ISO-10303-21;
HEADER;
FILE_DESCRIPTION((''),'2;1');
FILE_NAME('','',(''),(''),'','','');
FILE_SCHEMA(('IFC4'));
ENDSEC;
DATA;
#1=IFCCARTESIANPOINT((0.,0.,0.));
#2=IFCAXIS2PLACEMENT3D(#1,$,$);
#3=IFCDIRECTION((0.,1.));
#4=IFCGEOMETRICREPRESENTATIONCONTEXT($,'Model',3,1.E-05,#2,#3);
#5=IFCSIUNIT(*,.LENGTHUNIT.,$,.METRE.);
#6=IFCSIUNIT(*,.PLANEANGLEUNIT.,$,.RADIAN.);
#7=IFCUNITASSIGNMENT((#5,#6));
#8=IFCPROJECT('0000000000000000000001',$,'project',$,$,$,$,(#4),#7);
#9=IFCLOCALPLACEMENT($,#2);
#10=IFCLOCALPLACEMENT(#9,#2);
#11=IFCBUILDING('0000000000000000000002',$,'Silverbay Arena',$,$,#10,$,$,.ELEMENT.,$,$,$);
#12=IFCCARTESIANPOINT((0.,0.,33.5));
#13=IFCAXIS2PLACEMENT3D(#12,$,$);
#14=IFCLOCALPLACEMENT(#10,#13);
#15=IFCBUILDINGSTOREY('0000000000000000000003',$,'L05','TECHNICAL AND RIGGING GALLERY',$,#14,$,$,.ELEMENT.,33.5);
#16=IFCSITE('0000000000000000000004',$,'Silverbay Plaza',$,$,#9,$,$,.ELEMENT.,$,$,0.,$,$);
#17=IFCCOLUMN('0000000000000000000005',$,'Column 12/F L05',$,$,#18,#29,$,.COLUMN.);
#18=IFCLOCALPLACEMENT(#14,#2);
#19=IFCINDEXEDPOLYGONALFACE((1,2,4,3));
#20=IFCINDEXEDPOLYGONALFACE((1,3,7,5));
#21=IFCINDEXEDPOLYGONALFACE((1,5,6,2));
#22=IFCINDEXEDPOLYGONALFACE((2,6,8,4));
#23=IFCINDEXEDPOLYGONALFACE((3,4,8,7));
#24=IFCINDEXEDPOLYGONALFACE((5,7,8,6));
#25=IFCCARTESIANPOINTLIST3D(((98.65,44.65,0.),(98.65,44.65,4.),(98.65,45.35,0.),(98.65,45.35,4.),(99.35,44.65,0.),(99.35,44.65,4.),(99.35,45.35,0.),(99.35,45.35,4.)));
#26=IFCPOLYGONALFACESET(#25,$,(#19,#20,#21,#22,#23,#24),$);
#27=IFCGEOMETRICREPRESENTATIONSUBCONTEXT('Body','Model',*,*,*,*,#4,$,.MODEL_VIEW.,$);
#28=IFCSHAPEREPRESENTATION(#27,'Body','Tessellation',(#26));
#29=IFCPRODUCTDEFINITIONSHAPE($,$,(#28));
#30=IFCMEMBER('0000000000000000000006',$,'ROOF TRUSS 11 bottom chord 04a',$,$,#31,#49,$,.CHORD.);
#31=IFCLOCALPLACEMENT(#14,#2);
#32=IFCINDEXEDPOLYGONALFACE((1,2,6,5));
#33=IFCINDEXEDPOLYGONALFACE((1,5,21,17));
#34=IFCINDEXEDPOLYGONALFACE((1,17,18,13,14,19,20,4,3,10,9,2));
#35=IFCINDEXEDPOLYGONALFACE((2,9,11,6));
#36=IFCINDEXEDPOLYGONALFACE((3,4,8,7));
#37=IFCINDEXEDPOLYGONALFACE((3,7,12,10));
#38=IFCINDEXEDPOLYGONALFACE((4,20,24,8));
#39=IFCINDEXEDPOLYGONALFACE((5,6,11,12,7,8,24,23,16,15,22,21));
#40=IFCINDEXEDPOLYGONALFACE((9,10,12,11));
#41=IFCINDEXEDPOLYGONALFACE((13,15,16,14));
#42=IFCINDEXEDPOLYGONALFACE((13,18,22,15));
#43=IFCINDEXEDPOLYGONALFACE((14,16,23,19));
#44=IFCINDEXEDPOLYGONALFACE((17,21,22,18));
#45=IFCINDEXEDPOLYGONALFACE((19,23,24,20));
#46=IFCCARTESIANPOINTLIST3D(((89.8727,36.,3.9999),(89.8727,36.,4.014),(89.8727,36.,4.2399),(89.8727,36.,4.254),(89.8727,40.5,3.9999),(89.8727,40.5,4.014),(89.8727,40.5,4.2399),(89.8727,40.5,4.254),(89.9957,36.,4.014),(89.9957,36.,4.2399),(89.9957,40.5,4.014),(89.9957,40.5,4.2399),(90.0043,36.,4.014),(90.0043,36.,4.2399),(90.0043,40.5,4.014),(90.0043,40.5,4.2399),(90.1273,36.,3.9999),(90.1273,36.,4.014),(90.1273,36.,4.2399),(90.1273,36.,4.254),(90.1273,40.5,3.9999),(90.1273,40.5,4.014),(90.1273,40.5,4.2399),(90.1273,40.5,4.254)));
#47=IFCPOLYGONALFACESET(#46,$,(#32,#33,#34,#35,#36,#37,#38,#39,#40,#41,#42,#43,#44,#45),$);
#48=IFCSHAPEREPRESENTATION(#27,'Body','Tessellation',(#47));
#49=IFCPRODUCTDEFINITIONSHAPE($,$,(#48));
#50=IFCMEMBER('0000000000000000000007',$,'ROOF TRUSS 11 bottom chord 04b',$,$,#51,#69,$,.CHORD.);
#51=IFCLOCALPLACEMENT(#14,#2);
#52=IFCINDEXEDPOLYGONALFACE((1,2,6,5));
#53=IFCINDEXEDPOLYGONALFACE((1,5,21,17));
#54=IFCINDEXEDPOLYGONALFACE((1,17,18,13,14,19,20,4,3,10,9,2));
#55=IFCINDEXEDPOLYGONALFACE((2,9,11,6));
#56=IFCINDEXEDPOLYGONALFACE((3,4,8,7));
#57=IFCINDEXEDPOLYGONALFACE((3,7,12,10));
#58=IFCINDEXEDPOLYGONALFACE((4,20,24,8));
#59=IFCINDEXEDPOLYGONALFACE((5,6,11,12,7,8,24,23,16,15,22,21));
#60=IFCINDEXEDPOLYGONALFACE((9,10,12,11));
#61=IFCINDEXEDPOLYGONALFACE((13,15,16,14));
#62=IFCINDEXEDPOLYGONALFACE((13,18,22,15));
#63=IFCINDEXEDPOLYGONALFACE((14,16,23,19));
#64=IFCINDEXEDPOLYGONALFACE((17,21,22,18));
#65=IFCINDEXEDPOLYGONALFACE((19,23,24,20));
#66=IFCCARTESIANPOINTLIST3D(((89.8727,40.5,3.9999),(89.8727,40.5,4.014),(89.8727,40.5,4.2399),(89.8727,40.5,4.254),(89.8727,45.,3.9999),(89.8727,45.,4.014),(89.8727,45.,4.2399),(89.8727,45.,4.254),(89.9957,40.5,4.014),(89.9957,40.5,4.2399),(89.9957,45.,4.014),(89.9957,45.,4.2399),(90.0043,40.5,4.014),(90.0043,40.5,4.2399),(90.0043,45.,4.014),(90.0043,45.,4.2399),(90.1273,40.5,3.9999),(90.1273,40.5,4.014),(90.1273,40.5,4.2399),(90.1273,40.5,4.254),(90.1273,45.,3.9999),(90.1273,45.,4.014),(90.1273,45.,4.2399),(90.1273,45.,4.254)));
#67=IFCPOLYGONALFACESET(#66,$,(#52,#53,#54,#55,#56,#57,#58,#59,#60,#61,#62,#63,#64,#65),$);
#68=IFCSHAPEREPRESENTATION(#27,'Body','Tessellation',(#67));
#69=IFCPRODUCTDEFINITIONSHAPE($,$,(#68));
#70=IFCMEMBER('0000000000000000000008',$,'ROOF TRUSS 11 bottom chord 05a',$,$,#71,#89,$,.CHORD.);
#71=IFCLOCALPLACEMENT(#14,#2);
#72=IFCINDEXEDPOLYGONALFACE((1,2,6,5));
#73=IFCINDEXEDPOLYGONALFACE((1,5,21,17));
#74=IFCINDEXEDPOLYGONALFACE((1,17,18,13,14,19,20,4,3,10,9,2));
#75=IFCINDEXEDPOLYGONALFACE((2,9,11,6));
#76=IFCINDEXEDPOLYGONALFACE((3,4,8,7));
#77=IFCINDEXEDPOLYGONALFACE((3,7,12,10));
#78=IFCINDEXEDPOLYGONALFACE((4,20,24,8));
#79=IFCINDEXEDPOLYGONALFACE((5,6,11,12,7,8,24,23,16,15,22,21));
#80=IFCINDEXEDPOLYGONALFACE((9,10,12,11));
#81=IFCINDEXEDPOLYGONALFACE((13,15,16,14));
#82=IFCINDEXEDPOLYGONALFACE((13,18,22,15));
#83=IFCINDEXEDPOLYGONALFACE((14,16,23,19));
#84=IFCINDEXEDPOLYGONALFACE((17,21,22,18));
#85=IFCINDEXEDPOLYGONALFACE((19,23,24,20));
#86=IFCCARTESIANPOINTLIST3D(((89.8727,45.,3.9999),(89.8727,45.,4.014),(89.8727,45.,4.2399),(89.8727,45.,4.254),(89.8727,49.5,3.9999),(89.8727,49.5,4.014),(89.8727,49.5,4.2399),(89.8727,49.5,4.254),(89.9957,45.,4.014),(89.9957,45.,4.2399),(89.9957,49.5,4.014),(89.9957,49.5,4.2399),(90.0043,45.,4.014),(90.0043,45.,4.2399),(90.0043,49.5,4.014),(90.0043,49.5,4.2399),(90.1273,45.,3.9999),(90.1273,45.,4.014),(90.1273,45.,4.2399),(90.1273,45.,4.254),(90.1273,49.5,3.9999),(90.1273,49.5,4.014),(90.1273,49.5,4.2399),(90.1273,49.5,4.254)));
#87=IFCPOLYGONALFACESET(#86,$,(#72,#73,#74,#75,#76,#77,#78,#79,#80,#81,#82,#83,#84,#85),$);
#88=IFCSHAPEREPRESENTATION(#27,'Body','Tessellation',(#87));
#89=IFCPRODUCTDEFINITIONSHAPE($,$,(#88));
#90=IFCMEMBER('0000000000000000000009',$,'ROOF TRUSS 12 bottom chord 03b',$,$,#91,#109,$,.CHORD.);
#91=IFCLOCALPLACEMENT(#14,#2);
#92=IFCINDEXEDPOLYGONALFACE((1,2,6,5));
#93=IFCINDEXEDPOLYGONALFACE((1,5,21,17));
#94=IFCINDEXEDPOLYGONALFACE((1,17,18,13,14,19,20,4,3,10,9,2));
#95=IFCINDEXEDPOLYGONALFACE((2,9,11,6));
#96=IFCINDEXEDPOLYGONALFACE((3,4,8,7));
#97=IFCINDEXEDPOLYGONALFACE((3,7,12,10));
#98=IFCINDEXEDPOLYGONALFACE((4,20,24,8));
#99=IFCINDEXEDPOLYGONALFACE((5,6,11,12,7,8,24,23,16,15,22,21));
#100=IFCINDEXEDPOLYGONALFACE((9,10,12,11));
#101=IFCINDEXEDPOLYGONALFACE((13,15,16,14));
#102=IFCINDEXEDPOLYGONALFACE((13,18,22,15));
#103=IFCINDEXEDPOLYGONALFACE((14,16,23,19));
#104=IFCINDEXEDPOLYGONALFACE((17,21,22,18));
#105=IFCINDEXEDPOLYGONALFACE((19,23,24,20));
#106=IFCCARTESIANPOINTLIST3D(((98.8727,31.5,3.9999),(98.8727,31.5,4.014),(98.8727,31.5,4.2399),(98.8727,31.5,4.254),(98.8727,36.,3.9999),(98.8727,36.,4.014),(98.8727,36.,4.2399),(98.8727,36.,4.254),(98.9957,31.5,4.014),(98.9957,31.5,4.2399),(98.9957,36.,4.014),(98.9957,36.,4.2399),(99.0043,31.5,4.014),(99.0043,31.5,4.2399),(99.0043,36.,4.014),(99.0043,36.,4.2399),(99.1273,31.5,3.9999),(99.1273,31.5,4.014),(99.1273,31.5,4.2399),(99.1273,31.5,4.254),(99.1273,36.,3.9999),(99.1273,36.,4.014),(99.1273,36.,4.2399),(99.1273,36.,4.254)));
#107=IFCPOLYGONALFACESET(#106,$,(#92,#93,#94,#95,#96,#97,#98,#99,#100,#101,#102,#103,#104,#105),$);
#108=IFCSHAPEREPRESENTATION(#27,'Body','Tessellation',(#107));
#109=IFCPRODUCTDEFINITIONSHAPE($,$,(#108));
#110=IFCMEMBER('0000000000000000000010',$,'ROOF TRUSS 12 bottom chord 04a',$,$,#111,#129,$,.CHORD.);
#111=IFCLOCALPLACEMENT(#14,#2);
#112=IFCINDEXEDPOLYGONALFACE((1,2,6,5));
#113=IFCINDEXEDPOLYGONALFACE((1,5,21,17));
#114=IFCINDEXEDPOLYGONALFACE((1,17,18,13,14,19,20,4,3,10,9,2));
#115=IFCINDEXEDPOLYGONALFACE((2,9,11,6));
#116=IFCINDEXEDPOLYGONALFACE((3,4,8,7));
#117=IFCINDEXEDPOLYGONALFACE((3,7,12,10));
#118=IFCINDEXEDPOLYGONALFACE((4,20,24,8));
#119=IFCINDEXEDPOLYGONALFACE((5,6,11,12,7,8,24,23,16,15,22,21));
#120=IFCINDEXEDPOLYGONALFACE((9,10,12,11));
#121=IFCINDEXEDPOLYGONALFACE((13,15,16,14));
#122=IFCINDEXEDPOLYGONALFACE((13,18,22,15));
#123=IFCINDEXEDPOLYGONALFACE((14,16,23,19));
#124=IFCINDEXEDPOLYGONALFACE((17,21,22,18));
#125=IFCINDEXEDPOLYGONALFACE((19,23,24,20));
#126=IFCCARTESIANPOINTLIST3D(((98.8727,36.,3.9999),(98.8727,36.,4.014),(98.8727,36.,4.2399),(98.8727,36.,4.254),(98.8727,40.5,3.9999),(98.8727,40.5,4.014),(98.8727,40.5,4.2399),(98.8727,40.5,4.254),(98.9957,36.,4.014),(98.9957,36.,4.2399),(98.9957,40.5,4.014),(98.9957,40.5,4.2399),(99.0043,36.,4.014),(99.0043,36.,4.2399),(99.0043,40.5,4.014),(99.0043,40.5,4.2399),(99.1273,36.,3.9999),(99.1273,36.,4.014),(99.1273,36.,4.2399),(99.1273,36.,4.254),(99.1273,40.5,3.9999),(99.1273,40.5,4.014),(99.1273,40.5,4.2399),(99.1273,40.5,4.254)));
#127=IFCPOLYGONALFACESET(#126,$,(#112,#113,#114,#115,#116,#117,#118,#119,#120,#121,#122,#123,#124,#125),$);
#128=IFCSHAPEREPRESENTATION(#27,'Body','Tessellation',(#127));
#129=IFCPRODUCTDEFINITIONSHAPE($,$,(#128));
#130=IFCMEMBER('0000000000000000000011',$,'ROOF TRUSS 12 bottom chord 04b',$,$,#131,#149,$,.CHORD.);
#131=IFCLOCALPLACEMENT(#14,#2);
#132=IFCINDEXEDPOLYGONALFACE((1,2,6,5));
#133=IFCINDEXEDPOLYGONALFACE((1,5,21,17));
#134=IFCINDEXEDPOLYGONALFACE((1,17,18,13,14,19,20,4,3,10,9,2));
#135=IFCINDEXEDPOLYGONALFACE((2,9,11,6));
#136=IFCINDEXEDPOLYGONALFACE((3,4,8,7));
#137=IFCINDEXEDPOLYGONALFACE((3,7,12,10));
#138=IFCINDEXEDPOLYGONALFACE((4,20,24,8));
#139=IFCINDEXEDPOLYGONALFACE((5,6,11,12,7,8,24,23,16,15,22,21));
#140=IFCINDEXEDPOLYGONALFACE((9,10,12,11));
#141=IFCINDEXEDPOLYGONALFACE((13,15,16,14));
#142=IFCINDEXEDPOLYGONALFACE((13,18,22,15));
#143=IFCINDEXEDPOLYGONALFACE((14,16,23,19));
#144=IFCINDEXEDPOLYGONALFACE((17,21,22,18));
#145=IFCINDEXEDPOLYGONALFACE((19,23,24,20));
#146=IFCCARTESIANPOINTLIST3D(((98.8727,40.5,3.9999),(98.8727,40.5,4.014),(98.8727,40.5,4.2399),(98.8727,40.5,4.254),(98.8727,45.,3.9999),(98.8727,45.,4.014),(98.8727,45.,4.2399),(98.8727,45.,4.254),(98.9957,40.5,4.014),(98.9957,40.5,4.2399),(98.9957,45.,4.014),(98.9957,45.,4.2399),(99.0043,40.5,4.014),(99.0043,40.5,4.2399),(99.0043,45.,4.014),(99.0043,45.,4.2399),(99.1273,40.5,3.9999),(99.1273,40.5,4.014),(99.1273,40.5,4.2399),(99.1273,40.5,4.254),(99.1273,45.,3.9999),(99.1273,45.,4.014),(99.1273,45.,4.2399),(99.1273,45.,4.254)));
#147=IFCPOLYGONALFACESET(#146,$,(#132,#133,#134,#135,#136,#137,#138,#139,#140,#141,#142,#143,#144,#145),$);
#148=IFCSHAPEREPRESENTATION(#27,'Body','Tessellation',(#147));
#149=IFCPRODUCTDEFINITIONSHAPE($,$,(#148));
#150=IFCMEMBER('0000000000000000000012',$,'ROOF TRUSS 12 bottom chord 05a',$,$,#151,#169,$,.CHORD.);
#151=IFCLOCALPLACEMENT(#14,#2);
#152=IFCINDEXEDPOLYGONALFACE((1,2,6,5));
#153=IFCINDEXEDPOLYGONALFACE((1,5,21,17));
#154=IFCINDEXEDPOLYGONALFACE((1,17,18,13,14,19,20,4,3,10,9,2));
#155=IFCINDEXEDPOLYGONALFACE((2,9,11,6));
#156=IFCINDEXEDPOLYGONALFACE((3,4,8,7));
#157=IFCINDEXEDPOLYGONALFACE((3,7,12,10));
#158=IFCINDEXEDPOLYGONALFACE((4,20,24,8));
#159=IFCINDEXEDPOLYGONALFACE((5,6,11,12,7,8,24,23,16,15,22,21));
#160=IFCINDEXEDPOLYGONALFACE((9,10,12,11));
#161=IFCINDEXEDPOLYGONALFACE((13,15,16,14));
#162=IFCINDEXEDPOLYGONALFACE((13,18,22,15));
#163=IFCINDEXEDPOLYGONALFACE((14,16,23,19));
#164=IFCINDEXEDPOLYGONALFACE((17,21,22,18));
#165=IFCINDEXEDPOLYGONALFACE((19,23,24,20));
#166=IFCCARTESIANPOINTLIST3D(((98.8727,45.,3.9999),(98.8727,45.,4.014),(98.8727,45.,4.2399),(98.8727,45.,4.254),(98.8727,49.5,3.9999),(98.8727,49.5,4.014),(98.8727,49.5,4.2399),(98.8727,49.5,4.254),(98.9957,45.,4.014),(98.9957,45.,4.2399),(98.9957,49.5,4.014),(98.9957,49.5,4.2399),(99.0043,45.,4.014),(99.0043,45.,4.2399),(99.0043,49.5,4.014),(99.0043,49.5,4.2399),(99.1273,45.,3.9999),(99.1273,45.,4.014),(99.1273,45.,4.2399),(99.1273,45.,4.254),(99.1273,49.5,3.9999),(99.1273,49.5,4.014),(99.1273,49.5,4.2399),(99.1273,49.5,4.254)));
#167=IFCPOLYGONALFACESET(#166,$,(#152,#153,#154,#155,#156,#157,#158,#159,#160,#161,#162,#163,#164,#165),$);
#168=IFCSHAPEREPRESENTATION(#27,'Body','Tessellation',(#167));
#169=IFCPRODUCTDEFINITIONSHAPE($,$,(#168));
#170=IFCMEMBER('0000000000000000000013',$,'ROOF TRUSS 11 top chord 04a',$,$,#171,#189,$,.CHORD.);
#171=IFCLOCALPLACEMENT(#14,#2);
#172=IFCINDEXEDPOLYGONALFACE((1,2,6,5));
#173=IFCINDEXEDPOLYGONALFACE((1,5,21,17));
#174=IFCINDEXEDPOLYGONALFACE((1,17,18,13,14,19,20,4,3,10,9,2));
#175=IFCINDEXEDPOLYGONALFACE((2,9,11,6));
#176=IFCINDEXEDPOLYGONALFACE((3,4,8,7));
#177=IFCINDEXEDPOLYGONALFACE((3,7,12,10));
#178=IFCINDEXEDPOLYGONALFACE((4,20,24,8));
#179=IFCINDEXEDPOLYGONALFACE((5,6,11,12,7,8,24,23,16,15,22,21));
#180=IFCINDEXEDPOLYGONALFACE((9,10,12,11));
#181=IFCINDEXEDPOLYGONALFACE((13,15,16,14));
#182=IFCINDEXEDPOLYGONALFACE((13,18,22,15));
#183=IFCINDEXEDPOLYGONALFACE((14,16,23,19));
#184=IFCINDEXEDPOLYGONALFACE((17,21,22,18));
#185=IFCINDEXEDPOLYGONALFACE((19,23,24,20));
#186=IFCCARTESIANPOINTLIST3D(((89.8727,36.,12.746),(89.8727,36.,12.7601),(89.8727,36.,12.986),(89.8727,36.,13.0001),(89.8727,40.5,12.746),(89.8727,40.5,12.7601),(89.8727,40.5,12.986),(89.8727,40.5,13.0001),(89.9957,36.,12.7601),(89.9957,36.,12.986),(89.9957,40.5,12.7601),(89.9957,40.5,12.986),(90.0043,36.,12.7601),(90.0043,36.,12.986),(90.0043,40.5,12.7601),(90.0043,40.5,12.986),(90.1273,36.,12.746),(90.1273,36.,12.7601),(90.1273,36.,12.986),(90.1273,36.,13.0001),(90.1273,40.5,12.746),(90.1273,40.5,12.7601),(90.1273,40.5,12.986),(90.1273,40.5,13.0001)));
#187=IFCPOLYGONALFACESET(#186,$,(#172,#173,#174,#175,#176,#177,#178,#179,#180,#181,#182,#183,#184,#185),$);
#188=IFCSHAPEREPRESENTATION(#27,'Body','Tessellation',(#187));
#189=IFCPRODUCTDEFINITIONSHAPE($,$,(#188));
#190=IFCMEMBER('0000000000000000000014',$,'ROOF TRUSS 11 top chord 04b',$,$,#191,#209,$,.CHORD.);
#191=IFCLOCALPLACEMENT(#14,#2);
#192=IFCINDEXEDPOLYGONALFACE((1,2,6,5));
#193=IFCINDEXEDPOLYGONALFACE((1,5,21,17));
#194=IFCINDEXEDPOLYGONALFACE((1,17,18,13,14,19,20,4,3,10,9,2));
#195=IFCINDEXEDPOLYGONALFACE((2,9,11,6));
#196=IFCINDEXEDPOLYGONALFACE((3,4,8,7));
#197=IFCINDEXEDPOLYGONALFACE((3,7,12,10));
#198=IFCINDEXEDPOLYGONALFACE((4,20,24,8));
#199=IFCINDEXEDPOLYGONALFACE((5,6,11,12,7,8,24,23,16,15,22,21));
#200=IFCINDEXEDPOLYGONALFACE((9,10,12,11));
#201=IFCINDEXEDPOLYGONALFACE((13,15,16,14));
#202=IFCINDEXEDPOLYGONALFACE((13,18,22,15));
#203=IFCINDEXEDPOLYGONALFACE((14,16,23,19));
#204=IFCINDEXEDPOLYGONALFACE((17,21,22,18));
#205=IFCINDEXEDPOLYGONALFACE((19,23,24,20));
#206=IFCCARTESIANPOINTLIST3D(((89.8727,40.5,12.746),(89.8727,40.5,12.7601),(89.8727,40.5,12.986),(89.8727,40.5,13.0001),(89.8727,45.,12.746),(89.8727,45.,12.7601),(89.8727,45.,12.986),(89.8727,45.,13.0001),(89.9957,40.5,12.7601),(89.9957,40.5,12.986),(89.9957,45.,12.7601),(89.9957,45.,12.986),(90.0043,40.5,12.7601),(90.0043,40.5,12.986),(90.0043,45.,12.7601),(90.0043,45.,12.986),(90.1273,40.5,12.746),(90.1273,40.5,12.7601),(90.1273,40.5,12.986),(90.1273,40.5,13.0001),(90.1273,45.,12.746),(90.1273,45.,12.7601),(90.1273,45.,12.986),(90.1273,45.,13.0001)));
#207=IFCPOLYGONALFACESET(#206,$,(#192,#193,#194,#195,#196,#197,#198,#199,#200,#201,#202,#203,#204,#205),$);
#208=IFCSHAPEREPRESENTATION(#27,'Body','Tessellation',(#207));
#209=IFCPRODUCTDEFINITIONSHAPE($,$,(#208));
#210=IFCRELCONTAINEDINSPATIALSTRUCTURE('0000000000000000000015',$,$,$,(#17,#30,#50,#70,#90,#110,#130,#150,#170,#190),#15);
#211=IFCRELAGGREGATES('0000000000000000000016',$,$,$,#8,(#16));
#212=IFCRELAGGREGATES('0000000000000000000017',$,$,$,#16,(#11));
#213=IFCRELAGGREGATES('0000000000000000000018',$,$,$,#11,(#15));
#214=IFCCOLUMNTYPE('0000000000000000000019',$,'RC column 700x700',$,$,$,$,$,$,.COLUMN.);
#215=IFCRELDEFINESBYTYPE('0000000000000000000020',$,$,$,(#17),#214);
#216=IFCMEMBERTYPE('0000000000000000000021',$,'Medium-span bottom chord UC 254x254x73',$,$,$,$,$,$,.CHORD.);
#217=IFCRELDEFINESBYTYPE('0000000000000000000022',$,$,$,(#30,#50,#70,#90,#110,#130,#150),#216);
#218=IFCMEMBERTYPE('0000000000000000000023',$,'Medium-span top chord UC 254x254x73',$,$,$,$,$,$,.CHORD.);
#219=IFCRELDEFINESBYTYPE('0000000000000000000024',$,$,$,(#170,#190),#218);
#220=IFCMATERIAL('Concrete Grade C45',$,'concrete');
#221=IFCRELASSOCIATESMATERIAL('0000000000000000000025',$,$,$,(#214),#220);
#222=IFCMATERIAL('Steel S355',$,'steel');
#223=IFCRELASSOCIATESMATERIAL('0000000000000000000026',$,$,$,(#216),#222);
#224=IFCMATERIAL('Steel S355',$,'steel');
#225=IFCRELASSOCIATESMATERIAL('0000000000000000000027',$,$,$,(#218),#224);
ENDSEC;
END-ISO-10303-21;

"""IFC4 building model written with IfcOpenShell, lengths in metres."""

from ifc_helpers import new_model, si_unit, direction, frame, origin, origin_2d, place, context, subcontext, project, spatial, rectangle, i_section, extrude, material, material_profile, profile_set, type_object, element, save


model = new_model("IFC4")

# Units and contexts
model_context = context("Model", 3, precision=1e-05, world=origin(), true_north=direction((0.0, 1.0)))
body_context = subcontext(model_context, "Body", "Model", "MODEL_VIEW")
ifc_project = project(units=[si_unit("LENGTHUNIT", "METRE"), si_unit("PLANEANGLEUNIT", "RADIAN")], contexts=[model_context])

# Site, building, storey
site_placement = place(None, origin())
site = spatial("IfcSite", under=ifc_project, at=site_placement, Name="Silverbay Plaza", CompositionType="ELEMENT", RefElevation=0.0)
building_placement = place(site_placement, origin())
building = spatial("IfcBuilding", under=site, at=building_placement, Name="Silverbay Arena", CompositionType="ELEMENT")
storey_placement = place(building_placement, frame((0.0, 0.0, 33.5)))
storey = spatial("IfcBuildingStorey", under=building, at=storey_placement, Name="L05", Description="TECHNICAL AND RIGGING GALLERY", CompositionType="ELEMENT", Elevation=33.5)

# Column
ifc_material_1 = material(Name="Concrete Grade C45", Category="concrete")
ifc_material_profile_1 = material_profile(ifc_material_1, rectangle(XDim=0.7, YDim=0.7, at=origin_2d()), Name="RC 700x700")
ifc_profile_set_1 = profile_set([ifc_material_profile_1], Name="Concrete Grade C45")
column_type = type_object("IfcColumnType", Name="RC column 700x700", PredefinedType="COLUMN", material=ifc_profile_set_1)
column_placement = place(storey_placement, frame((99.0, 45.0, 0.0), z_axis=(0.0, 0.0, 1.0), x_axis=(1.0, 0.0, 0.0)))
element("IfcColumn", 1, at=column_placement, inside=storey, type_object=column_type, Name="Column 12/F L05", PredefinedType="COLUMN", context=body_context, shape_type="SweptSolid", body=[
    extrude(rectangle(XDim=0.7, YDim=0.7, at=origin_2d()), origin(), (0.0, 0.0, 1.0), 4.0),
])

# Members
ifc_material_2 = material(Name="Steel S355", Category="steel")
ifc_material_profile_2 = material_profile(ifc_material_2, i_section(OverallWidth=0.2546, OverallDepth=0.2542, WebThickness=0.0085, FlangeThickness=0.0142, at=origin_2d()), Name="UC 254x254x73")
ifc_profile_set_2 = profile_set([ifc_material_profile_2], Name="Steel S355")
member_type_1 = type_object("IfcMemberType", Name="Medium-span bottom chord UC 254x254x73", PredefinedType="CHORD", material=ifc_profile_set_2)
for number, where, z_axis, x_axis, name in (
    (2, (90.0, 36.0, 4.127), (0.0, 1.0, 0.0), (-1.0, 0.0, 0.0), "ROOF TRUSS 11 bottom chord 04a"),
    (3, (90.0, 40.5, 4.127), (0.0, 1.0, 0.0), (-1.0, 0.0, 0.0), "ROOF TRUSS 11 bottom chord 04b"),
    (4, (90.0, 45.0, 4.127), (0.0, 1.0, 0.0), (-1.0, 0.0, 0.0), "ROOF TRUSS 11 bottom chord 05a"),
    (5, (99.0, 31.5, 4.127), (0.0, 1.0, 0.0), (-1.0, 0.0, 0.0), "ROOF TRUSS 12 bottom chord 03b"),
    (6, (99.0, 36.0, 4.127), (0.0, 1.0, 0.0), (-1.0, 0.0, 0.0), "ROOF TRUSS 12 bottom chord 04a"),
    (7, (99.0, 40.5, 4.127), (0.0, 1.0, 0.0), (-1.0, 0.0, 0.0), "ROOF TRUSS 12 bottom chord 04b"),
    (8, (99.0, 45.0, 4.127), (0.0, 1.0, 0.0), (-1.0, 0.0, 0.0), "ROOF TRUSS 12 bottom chord 05a"),
):
    element("IfcMember", number, at=place(storey_placement, frame(where, z_axis=z_axis, x_axis=x_axis)), inside=storey, type_object=member_type_1, Name=name, PredefinedType="CHORD", context=body_context, shape_type="SweptSolid", body=[
        extrude(i_section(OverallWidth=0.2546, OverallDepth=0.2542, WebThickness=0.0085, FlangeThickness=0.0142, at=origin_2d()), origin(), (0.0, 0.0, 1.0), 4.5),
    ])
ifc_material_3 = material(Name="Steel S355", Category="steel")
ifc_material_profile_3 = material_profile(ifc_material_3, i_section(OverallWidth=0.2546, OverallDepth=0.2542, WebThickness=0.0085, FlangeThickness=0.0142, at=origin_2d()), Name="UC 254x254x73")
ifc_profile_set_3 = profile_set([ifc_material_profile_3], Name="Steel S355")
member_type_2 = type_object("IfcMemberType", Name="Medium-span top chord UC 254x254x73", PredefinedType="CHORD", material=ifc_profile_set_3)
for number, where, z_axis, x_axis, name in (
    (9, (90.0, 36.0, 12.873), (0.0, 1.0, 0.0), (-1.0, 0.0, 0.0), "ROOF TRUSS 11 top chord 04a"),
    (10, (90.0, 40.5, 12.873), (0.0, 1.0, 0.0), (-1.0, 0.0, 0.0), "ROOF TRUSS 11 top chord 04b"),
):
    element("IfcMember", number, at=place(storey_placement, frame(where, z_axis=z_axis, x_axis=x_axis)), inside=storey, type_object=member_type_2, Name=name, PredefinedType="CHORD", context=body_context, shape_type="SweptSolid", body=[
        extrude(i_section(OverallWidth=0.2546, OverallDepth=0.2542, WebThickness=0.0085, FlangeThickness=0.0142, at=origin_2d()), origin(), (0.0, 0.0, 1.0), 4.5),
    ])

save(model, "model.ifc")
